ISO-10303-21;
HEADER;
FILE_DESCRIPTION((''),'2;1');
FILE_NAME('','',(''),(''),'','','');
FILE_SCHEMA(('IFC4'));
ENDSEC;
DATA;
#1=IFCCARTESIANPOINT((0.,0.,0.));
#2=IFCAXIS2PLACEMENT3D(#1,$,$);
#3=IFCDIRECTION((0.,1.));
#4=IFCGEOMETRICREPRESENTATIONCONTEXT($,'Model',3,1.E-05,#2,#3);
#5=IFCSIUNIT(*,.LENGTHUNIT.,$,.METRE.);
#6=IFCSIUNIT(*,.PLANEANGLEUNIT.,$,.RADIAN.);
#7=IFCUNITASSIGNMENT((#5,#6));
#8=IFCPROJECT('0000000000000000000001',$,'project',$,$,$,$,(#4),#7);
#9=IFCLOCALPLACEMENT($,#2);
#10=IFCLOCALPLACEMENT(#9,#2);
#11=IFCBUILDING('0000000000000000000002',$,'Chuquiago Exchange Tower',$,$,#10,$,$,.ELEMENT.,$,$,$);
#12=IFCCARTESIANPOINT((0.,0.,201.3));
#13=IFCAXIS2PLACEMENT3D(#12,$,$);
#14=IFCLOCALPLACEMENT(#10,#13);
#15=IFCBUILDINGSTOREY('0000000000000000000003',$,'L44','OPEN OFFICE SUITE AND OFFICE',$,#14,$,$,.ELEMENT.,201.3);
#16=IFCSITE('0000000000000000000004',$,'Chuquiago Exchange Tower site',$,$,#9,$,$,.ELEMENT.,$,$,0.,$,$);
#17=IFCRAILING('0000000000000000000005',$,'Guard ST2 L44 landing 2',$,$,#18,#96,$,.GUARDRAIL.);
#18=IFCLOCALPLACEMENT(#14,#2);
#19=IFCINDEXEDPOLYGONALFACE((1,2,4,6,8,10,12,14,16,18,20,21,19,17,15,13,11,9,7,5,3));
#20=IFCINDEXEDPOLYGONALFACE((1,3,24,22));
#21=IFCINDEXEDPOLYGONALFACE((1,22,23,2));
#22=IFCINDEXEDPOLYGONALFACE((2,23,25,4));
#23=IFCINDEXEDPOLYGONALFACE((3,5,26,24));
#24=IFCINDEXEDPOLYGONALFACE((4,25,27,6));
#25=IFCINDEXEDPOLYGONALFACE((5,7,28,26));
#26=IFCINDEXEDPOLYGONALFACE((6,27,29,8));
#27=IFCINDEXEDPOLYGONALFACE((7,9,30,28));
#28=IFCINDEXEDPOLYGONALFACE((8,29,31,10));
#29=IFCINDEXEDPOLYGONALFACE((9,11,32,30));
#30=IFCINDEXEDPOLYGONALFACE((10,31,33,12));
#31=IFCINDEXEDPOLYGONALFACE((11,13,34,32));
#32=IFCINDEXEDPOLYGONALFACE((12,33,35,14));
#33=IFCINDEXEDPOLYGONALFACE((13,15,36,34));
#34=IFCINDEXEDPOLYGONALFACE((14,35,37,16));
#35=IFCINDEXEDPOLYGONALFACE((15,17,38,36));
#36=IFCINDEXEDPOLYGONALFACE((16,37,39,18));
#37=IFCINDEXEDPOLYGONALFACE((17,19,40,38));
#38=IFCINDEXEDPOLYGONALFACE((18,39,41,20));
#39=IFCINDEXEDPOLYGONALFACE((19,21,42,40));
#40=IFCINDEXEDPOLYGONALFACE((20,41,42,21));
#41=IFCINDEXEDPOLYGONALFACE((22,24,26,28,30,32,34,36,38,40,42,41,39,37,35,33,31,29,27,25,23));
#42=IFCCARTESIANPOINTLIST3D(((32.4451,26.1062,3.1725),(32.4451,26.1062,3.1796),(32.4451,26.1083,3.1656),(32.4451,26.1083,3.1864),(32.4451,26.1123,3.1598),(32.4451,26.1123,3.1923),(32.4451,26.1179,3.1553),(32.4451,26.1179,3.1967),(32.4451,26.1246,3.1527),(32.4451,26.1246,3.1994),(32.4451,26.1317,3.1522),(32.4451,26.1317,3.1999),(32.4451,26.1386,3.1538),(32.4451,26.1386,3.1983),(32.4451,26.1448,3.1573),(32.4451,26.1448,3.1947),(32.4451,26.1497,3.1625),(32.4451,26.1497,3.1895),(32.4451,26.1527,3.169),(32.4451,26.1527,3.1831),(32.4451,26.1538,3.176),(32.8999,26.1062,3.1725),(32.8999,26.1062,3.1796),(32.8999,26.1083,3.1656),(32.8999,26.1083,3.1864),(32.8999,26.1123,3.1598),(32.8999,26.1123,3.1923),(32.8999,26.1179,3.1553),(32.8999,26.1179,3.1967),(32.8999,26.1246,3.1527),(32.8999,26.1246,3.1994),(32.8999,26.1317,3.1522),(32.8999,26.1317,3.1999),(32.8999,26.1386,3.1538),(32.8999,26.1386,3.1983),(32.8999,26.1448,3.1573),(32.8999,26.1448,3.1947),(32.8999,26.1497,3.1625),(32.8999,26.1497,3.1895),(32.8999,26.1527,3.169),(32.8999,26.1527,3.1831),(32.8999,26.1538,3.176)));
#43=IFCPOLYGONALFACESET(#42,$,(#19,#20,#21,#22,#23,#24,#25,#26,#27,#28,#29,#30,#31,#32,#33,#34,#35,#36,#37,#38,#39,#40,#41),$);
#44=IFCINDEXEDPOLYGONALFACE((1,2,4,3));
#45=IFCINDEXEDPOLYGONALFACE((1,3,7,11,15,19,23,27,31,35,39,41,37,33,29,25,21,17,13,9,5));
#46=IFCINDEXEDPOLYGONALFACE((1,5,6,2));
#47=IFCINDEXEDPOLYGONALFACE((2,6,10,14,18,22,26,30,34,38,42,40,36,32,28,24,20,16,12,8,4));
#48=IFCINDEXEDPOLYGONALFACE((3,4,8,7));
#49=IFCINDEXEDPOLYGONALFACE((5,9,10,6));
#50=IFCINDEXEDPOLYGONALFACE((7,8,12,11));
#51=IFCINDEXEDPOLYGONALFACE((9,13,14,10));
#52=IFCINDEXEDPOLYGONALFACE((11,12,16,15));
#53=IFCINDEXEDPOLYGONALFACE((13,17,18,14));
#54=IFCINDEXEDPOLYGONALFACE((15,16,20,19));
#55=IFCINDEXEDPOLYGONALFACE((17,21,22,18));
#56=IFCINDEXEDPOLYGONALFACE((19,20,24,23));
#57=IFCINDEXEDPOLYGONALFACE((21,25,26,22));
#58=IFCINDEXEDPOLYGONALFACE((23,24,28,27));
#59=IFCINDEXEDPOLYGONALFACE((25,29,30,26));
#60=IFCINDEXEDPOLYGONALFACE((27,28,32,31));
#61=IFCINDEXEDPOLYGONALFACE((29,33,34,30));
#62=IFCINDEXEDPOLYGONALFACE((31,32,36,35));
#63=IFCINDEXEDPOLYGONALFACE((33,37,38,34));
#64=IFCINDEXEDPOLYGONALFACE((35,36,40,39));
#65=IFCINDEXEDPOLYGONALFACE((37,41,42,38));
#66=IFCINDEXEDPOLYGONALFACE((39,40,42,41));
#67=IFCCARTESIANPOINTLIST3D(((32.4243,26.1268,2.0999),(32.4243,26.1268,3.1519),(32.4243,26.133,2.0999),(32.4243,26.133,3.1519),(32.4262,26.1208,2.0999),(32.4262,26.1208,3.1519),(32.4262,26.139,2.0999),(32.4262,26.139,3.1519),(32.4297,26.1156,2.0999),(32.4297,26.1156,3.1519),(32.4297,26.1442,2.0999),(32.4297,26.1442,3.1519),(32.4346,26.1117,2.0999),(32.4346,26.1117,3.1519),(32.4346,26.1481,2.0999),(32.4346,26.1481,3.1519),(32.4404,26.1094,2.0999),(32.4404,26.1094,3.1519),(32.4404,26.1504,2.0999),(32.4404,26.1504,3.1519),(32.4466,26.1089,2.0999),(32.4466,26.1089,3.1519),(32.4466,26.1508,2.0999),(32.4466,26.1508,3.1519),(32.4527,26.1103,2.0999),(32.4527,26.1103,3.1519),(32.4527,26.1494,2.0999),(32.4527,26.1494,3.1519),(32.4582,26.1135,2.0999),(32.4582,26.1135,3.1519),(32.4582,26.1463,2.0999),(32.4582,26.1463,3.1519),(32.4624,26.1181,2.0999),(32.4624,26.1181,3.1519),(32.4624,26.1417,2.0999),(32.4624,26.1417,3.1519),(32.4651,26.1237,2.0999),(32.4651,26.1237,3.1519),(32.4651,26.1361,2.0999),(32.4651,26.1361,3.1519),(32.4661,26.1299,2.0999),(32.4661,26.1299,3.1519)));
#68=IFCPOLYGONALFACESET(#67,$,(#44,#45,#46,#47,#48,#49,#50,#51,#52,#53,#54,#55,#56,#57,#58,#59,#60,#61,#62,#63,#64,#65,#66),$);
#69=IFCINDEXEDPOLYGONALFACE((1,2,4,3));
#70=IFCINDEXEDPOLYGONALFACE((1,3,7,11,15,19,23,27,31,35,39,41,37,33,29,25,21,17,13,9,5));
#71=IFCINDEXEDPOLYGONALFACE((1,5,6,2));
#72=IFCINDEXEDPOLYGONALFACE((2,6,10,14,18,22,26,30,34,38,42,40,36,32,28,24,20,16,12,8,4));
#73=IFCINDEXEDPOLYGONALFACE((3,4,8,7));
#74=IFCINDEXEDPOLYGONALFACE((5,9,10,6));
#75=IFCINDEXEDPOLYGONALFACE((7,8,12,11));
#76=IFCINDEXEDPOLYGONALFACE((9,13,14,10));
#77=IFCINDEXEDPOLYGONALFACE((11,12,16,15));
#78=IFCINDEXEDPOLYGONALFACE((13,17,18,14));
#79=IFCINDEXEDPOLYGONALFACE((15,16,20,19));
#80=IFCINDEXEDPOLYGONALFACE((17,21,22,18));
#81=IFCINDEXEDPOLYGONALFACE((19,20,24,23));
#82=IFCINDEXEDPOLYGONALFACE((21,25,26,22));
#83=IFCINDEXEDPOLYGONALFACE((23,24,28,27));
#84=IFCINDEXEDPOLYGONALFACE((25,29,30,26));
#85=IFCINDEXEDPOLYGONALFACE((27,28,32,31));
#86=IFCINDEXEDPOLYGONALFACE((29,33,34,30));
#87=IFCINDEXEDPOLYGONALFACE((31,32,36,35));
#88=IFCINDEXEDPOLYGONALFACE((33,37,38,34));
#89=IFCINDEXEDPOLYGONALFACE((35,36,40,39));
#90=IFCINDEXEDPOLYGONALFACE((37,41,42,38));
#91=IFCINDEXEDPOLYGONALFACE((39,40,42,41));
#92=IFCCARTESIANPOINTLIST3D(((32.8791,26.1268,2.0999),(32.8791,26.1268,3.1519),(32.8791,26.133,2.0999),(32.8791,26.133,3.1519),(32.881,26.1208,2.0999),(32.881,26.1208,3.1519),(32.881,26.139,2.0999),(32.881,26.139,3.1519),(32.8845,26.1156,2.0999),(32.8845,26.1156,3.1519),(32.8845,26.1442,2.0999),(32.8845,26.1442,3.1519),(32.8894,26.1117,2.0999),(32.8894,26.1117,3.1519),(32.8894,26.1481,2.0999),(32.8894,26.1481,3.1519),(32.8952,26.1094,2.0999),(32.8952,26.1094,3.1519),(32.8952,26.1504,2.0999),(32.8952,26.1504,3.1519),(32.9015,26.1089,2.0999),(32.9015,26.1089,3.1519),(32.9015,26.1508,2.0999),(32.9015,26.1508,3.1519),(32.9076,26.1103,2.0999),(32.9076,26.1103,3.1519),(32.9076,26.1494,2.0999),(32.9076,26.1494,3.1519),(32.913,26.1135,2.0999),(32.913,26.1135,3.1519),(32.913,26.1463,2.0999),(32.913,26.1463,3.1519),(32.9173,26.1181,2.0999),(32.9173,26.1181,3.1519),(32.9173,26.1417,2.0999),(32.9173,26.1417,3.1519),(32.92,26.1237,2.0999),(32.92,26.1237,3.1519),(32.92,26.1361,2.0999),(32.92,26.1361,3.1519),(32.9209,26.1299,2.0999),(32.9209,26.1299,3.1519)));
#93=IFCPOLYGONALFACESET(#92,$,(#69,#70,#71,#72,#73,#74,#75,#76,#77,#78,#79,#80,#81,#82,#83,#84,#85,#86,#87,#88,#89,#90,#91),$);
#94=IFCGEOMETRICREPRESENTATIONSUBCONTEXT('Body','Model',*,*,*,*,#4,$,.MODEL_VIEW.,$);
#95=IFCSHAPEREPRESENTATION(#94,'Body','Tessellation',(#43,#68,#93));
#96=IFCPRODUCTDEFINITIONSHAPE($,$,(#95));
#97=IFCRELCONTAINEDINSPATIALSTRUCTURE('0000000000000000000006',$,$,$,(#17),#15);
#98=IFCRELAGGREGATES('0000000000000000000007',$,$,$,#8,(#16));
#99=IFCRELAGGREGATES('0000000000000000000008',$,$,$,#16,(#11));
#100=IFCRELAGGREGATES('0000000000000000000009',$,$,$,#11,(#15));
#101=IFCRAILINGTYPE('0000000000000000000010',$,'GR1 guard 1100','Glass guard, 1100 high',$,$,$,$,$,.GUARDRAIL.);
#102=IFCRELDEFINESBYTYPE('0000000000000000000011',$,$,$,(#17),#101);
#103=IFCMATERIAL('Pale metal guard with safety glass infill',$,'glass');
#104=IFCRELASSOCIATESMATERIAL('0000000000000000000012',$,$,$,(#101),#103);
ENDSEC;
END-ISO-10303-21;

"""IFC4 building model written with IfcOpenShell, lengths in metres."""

from ifc_helpers import new_model, si_unit, direction, frame, origin, origin_2d, place, context, subcontext, project, spatial, circle, extrude, material, type_object, element, save


model = new_model("IFC4")

# Units and contexts
model_context = context("Model", 3, precision=1e-05, world=origin(), true_north=direction((0.0, 1.0)))
body_context = subcontext(model_context, "Body", "Model", "MODEL_VIEW")
ifc_project = project(units=[si_unit("LENGTHUNIT", "METRE"), si_unit("PLANEANGLEUNIT", "RADIAN")], contexts=[model_context])

# Site, building, storey
site_placement = place(None, origin())
site = spatial("IfcSite", under=ifc_project, at=site_placement, Name="Chuquiago Exchange Tower site", CompositionType="ELEMENT", RefElevation=0.0)
building_placement = place(site_placement, origin())
building = spatial("IfcBuilding", under=site, at=building_placement, Name="Chuquiago Exchange Tower", CompositionType="ELEMENT")
storey_placement = place(building_placement, frame((0.0, 0.0, 201.3)))
storey = spatial("IfcBuildingStorey", under=building, at=storey_placement, Name="L44", Description="OPEN OFFICE SUITE AND OFFICE", CompositionType="ELEMENT", Elevation=201.3)

# Railing
ifc_material_1 = material(Name="Pale metal guard with safety glass infill", Category="glass")
railing_type_1 = type_object("IfcRailingType", Name="GR1 guard 1100", Description="Glass guard, 1100 high", PredefinedType="GUARDRAIL", material=ifc_material_1)
railing_1_placement = place(storey_placement, frame((32.4451, 26.1299, 2.0999)))
element("IfcRailing", 1, at=railing_1_placement, inside=storey, type_object=railing_type_1, Name="Guard ST2 L44 landing 2", PredefinedType="GUARDRAIL", context=body_context, shape_type="SweptSolid", body=[
    extrude(circle(Radius=0.0239, at=origin_2d()), frame((0.0, 0.0, 1.0762), z_axis=(1.0, 0.0, 0.0), x_axis=(0.0, 1.0, 0.0)), (0.0, 0.0, 1.0), 0.4548),
    extrude(circle(Radius=0.021, at=origin_2d()), origin(), (0.0, 0.0, 1.0), 1.052),
    extrude(circle(Radius=0.021, at=origin_2d()), frame((0.4548, 0.0, 0.0)), (0.0, 0.0, 1.0), 1.052),
])

save(model, "model.ifc")
